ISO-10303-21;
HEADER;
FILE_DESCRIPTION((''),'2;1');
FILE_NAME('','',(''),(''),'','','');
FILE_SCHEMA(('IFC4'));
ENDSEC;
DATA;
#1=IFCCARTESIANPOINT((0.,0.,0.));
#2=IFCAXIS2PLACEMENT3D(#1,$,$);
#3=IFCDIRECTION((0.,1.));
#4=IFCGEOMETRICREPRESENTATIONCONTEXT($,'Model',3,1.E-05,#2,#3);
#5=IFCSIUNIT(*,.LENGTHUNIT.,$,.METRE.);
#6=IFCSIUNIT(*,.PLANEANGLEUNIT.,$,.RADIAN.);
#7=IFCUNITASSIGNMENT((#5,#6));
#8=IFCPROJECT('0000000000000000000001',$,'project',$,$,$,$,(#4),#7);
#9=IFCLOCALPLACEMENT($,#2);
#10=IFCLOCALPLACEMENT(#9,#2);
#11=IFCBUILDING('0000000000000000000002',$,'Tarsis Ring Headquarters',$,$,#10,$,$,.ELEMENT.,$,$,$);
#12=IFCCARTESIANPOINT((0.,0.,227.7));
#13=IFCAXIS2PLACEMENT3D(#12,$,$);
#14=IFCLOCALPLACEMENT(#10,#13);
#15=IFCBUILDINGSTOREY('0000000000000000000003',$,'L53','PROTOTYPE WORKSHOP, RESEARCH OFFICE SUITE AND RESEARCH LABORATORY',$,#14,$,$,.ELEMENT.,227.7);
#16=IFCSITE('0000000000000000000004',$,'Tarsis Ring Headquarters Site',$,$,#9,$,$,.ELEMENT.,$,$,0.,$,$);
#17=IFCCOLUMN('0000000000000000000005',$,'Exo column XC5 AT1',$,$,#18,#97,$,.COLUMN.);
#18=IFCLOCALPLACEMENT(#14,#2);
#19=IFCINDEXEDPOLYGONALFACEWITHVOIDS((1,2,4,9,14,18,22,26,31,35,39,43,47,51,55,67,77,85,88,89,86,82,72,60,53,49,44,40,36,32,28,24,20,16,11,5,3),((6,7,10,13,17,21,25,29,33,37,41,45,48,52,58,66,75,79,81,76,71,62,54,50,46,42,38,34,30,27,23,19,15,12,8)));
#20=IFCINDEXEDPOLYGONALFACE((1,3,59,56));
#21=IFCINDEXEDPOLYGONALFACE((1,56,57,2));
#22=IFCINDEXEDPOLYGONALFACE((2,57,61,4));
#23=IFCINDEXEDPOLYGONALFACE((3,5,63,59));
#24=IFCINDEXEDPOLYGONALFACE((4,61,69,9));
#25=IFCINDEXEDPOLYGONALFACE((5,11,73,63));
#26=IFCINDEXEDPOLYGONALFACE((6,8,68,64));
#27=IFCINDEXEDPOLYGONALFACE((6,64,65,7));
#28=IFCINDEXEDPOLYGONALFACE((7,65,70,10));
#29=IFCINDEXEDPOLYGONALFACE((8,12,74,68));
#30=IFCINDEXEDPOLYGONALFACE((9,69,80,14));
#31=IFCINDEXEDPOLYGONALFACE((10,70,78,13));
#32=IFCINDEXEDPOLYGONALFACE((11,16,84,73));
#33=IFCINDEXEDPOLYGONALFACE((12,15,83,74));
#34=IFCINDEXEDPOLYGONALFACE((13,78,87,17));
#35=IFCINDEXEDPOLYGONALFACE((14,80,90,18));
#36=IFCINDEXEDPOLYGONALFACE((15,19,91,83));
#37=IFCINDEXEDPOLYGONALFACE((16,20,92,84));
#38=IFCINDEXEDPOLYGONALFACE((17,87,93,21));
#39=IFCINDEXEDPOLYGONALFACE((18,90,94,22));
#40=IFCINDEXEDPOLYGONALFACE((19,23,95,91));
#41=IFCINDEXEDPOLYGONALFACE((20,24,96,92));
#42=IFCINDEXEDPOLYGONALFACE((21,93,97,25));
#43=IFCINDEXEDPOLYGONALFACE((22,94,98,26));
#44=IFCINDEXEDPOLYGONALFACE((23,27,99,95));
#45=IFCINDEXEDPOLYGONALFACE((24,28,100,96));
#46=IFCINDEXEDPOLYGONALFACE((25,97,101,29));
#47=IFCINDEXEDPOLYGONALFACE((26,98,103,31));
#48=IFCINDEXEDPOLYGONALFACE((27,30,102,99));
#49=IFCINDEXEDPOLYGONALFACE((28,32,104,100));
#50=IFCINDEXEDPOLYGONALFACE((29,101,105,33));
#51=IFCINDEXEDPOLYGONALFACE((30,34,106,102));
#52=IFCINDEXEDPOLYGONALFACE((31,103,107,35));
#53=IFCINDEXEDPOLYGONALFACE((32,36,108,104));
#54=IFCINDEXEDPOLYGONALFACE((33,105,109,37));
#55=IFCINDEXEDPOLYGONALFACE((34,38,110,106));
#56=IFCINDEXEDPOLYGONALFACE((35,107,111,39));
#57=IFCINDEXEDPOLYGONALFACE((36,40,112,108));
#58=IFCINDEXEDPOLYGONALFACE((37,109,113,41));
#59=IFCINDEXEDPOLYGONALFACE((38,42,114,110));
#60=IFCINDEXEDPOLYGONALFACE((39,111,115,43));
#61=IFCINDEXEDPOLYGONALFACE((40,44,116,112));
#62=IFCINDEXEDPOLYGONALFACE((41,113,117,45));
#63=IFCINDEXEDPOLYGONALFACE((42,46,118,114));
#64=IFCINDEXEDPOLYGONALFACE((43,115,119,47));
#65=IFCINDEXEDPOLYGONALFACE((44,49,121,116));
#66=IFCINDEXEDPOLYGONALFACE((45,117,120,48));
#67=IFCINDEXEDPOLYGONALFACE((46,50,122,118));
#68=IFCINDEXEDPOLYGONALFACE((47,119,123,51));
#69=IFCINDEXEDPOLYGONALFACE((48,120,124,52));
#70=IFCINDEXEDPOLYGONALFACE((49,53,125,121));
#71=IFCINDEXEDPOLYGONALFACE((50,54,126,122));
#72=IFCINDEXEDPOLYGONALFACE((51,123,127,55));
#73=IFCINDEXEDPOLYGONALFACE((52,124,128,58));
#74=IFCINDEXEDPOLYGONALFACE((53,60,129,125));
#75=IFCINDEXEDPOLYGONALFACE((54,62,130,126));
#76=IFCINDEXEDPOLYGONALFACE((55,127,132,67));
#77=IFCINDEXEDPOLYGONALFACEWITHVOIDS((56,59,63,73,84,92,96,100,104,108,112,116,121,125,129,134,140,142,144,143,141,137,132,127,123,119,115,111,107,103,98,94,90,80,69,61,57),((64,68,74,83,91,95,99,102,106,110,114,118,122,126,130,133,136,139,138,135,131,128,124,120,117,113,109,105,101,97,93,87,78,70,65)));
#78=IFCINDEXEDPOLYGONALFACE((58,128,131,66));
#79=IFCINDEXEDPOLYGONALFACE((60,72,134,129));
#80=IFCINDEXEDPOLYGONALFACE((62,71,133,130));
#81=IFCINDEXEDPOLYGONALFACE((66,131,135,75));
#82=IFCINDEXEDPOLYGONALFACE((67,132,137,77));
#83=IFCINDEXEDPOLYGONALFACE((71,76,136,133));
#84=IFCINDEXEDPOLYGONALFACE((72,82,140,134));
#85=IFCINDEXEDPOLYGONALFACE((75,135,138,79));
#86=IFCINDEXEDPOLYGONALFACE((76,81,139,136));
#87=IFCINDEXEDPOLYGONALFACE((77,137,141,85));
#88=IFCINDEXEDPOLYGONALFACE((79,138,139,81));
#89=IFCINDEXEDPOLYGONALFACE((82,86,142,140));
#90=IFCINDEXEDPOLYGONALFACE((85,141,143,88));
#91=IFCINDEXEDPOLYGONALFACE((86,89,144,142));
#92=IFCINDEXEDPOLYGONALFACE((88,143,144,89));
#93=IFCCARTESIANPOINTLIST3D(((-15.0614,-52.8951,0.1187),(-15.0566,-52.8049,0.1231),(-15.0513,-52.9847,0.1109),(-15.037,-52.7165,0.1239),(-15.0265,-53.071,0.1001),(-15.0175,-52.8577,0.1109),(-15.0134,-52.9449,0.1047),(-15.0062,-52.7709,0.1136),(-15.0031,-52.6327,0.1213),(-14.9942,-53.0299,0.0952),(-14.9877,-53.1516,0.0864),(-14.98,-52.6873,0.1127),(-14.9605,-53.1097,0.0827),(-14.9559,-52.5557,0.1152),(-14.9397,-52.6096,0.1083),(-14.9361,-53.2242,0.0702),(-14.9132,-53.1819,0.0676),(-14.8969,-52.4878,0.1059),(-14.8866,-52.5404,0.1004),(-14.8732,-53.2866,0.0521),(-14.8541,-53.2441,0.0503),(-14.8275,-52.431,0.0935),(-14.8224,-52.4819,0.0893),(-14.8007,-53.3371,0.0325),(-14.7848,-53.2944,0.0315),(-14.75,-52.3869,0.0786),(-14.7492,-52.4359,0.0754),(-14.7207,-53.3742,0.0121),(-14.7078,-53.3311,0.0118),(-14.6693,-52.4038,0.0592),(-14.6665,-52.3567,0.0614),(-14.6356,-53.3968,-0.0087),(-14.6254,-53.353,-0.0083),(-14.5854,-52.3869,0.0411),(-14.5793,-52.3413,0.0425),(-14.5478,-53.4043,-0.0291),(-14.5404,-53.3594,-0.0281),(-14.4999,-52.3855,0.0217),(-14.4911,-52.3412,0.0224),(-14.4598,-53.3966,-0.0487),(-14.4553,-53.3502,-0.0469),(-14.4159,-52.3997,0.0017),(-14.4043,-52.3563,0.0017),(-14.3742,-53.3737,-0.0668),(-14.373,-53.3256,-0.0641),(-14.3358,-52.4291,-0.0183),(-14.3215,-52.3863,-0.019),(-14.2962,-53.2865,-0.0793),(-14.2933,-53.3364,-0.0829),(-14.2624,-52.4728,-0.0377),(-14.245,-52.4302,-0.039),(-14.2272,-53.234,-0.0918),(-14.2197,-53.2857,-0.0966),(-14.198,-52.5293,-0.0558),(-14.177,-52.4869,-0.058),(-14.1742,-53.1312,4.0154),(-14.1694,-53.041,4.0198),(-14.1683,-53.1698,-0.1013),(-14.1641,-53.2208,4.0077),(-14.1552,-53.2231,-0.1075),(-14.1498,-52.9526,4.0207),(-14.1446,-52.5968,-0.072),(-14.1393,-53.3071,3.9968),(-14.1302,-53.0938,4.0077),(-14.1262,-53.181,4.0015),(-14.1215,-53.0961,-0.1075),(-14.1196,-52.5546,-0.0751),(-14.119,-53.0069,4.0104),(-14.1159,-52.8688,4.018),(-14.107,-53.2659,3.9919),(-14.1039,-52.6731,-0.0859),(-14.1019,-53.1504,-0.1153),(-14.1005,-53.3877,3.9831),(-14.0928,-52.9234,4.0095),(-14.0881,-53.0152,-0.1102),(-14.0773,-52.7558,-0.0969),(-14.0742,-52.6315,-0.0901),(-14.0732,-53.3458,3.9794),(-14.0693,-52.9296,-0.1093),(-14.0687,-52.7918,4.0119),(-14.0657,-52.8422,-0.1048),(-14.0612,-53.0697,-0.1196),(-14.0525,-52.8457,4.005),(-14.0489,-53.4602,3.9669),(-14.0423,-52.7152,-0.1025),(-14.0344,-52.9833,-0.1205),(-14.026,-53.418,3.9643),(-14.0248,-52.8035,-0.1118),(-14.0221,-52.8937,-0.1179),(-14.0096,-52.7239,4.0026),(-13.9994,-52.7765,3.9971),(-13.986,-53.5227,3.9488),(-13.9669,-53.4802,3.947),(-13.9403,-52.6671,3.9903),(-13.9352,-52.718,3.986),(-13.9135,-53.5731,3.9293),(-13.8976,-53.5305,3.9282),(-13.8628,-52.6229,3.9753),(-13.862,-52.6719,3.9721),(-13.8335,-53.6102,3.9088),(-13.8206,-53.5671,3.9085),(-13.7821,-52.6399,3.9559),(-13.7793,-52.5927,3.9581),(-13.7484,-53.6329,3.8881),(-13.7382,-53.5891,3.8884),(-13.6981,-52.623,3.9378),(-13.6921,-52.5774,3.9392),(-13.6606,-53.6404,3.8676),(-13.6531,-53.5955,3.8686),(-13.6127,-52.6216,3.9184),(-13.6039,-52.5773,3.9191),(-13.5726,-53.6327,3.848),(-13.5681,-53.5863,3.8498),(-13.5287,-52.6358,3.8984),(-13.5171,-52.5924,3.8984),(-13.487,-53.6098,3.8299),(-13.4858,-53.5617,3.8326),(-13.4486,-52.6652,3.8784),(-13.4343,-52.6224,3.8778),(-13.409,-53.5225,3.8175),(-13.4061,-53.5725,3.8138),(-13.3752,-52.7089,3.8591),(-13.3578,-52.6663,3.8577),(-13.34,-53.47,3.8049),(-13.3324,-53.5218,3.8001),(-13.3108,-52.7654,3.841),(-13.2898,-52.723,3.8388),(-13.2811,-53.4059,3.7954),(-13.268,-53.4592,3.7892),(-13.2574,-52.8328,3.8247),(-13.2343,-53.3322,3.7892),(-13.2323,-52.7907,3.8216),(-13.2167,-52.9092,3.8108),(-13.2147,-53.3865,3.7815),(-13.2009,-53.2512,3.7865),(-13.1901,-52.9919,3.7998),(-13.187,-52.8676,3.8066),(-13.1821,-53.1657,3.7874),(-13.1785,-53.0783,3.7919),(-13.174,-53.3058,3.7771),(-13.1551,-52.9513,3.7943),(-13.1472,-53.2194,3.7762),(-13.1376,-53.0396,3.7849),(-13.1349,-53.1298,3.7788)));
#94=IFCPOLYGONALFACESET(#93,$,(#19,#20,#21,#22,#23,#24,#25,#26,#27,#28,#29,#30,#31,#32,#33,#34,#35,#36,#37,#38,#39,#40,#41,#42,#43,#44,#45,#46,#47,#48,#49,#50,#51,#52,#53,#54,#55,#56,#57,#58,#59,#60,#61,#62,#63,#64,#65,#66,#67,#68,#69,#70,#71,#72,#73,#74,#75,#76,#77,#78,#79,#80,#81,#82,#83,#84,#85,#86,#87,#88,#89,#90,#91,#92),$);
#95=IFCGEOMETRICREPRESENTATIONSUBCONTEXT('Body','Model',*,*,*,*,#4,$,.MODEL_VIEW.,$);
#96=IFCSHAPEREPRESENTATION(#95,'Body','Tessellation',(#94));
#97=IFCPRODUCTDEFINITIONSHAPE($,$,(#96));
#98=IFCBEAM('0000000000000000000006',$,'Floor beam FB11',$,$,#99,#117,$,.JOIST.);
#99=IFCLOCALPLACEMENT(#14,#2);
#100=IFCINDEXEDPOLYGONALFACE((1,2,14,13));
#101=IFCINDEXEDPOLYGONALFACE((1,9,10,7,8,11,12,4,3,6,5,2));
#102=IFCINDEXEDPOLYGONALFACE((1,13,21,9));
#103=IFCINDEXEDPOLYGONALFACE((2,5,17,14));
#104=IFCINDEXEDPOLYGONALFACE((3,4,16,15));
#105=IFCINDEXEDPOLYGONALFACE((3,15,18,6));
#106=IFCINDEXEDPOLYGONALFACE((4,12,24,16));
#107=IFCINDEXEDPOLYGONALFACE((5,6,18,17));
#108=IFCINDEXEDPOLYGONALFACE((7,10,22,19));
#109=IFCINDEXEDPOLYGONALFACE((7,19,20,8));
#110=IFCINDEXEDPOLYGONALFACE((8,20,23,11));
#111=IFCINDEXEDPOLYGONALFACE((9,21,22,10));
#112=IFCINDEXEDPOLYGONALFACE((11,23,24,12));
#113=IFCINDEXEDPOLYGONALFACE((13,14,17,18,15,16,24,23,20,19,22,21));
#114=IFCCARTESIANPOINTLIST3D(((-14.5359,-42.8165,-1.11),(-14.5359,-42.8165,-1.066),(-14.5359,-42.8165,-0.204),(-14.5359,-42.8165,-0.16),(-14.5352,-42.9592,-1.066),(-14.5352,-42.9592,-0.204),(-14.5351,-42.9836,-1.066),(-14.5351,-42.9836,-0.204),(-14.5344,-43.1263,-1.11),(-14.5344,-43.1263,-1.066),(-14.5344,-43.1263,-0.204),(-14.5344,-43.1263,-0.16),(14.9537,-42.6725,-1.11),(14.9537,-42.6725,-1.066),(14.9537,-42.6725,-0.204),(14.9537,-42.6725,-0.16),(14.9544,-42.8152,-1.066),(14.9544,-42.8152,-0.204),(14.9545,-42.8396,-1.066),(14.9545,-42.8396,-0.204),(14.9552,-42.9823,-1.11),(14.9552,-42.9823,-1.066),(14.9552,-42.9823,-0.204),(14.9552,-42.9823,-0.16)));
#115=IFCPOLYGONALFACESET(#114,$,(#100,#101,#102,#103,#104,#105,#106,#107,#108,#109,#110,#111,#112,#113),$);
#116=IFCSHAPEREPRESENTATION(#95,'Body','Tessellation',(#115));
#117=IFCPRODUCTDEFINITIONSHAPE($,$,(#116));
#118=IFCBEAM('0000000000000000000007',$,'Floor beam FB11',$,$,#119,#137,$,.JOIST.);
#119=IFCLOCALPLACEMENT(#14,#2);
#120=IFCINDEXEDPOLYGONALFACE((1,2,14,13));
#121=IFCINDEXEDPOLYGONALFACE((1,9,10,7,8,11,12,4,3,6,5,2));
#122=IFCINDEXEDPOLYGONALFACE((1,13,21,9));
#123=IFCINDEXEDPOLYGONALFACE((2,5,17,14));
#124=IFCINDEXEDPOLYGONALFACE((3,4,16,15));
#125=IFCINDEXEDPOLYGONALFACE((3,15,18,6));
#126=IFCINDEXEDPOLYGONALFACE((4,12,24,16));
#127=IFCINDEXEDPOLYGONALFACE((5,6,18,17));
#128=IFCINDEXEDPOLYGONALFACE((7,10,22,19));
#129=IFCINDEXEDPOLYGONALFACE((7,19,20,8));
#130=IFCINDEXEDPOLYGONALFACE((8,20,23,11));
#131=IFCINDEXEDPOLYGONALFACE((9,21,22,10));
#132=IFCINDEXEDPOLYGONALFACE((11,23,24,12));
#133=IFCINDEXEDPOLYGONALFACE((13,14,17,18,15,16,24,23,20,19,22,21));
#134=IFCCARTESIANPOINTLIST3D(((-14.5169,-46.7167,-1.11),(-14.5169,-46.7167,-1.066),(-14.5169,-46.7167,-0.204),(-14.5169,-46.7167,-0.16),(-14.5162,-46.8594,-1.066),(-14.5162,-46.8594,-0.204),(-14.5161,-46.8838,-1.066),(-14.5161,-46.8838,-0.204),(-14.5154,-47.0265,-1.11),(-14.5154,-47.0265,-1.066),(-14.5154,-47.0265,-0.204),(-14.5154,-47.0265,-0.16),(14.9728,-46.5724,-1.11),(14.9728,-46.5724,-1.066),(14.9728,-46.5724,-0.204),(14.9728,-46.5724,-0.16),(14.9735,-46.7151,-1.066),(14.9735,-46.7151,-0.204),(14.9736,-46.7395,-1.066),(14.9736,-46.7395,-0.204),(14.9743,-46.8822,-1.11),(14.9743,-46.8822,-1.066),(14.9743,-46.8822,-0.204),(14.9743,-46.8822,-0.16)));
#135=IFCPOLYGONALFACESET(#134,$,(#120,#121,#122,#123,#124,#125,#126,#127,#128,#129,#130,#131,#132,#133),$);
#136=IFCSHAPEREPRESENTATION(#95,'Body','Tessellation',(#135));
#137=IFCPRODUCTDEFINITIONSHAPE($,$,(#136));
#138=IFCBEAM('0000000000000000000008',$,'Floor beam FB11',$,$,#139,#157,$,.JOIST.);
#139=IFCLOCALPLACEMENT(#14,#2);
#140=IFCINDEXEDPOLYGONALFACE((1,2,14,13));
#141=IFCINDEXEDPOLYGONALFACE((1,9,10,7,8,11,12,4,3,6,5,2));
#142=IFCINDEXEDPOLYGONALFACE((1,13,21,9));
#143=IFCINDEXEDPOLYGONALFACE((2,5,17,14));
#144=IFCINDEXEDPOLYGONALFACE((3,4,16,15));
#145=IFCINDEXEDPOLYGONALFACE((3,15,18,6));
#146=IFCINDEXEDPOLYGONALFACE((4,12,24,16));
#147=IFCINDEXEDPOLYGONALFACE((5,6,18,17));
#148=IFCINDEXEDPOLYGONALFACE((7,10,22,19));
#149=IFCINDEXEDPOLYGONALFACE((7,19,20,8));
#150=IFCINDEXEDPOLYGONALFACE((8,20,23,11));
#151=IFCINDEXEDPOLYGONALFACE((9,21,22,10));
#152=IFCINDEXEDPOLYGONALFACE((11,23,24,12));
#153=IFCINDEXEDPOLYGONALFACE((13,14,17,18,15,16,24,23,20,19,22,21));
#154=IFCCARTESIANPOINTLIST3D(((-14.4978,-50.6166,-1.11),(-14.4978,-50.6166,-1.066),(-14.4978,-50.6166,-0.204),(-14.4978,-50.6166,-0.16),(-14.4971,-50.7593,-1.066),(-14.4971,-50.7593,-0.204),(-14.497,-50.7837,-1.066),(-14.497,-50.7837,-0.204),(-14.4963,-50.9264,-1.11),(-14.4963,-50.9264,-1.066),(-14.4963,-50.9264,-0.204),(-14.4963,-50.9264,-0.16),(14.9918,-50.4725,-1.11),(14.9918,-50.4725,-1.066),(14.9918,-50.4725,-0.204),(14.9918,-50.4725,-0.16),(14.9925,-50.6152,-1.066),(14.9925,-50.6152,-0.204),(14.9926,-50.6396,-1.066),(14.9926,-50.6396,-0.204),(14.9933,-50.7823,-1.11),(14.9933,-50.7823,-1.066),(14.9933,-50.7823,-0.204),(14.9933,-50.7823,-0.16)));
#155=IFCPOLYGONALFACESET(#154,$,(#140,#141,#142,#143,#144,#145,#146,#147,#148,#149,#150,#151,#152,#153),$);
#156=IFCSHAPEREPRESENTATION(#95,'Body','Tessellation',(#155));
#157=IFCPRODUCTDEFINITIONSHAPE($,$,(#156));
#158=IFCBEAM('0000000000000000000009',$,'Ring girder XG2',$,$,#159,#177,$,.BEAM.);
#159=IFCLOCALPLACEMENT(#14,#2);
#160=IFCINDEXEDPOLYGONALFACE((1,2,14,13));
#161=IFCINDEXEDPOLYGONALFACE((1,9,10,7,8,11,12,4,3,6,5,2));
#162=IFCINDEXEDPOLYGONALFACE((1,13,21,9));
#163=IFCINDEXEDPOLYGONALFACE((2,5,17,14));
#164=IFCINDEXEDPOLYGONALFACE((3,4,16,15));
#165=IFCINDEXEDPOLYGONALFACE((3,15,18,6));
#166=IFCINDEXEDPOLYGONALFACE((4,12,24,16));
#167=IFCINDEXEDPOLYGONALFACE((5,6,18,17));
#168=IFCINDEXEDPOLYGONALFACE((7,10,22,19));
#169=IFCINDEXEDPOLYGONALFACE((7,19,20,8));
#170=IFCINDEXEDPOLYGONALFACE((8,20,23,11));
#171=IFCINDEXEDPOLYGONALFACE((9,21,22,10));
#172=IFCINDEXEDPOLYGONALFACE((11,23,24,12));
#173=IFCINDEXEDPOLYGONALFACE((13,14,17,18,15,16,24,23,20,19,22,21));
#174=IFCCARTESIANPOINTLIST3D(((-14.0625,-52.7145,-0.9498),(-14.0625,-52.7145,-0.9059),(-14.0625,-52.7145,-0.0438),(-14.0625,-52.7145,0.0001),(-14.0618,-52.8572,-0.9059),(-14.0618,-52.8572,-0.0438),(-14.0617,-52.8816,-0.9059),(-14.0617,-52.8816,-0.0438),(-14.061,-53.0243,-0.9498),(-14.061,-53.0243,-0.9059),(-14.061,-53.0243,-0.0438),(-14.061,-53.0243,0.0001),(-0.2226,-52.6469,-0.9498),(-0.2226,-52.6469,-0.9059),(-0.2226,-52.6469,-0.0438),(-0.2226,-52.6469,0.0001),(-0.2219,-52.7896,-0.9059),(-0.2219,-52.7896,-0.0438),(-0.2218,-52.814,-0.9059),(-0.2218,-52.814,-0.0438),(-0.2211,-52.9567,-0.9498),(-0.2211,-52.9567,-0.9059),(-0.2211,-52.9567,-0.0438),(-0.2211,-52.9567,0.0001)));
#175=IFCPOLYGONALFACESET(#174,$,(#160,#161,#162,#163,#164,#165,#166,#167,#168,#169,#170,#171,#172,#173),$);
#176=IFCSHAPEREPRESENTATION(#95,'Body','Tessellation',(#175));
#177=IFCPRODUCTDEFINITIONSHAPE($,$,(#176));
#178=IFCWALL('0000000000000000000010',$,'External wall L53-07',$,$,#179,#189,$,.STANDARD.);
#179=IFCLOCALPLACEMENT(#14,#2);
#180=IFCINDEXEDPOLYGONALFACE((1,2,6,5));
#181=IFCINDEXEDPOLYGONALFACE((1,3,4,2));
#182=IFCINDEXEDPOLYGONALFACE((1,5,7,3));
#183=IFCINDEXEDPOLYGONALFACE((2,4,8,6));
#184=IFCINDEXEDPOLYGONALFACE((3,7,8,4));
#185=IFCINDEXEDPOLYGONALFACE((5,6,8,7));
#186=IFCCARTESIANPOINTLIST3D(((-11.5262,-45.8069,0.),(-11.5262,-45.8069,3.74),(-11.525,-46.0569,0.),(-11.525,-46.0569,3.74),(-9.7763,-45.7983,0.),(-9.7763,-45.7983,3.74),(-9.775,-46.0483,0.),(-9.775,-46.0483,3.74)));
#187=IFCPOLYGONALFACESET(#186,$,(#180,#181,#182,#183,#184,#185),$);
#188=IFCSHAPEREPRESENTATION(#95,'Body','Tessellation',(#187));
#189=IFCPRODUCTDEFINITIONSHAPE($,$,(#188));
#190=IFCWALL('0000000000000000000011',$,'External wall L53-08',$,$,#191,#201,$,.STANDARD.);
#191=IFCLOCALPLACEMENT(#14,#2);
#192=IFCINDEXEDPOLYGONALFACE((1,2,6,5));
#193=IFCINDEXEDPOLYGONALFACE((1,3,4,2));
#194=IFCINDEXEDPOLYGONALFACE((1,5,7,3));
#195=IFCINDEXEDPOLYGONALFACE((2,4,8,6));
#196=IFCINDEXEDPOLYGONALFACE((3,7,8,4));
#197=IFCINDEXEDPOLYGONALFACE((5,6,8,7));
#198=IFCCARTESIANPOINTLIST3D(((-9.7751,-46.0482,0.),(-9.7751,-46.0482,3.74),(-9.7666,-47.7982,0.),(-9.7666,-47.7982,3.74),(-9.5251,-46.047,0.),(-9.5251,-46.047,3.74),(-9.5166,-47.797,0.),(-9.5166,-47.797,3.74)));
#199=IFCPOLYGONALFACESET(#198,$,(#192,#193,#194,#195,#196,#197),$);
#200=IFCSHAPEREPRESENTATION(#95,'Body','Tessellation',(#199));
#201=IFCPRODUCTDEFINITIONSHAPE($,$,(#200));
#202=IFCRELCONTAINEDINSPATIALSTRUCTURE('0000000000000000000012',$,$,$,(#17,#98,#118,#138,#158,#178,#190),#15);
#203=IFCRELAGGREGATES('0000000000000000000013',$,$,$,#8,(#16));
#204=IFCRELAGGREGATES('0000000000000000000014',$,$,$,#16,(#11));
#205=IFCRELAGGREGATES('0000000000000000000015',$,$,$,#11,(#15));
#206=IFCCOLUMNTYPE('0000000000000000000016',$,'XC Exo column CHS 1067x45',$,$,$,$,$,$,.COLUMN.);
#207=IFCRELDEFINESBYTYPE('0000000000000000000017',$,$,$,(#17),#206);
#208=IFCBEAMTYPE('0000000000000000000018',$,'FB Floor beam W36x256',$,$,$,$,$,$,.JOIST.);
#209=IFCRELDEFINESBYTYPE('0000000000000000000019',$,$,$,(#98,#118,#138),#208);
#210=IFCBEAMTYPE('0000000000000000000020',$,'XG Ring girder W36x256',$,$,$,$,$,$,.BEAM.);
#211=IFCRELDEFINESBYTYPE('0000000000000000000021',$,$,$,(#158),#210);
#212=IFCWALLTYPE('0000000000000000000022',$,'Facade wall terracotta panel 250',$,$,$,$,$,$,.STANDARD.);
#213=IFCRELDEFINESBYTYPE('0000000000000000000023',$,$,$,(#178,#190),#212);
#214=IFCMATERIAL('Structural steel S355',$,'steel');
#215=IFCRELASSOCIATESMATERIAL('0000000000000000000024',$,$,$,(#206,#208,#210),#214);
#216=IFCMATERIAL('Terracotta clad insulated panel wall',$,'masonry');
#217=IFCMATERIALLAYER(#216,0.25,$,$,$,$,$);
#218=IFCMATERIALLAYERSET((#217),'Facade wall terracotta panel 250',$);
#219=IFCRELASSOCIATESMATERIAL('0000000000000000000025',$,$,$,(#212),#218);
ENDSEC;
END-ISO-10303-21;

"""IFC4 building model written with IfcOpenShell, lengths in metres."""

from ifc_helpers import new_model, si_unit, direction, frame, frame_2d, origin, origin_2d, place, context, subcontext, project, spatial, rectangle, hollow_circle, i_section, extrude, material, layer, layer_set, material_profile, profile_set, type_object, element, save


model = new_model("IFC4")

# Units and contexts
model_context = context("Model", 3, precision=1e-05, world=origin(), true_north=direction((0.0, 1.0)))
body_context = subcontext(model_context, "Body", "Model", "MODEL_VIEW")
ifc_project = project(units=[si_unit("LENGTHUNIT", "METRE"), si_unit("PLANEANGLEUNIT", "RADIAN")], contexts=[model_context])

# Site, building, storey
site_placement = place(None, origin())
site = spatial("IfcSite", under=ifc_project, at=site_placement, Name="Tarsis Ring Headquarters Site", CompositionType="ELEMENT", RefElevation=0.0)
building_placement = place(site_placement, origin())
building = spatial("IfcBuilding", under=site, at=building_placement, Name="Tarsis Ring Headquarters", CompositionType="ELEMENT")
storey_placement = place(building_placement, frame((0.0, 0.0, 227.7)))
storey = spatial("IfcBuildingStorey", under=building, at=storey_placement, Name="L53", Description="PROTOTYPE WORKSHOP, RESEARCH OFFICE SUITE AND RESEARCH LABORATORY", CompositionType="ELEMENT", Elevation=227.7)

# Column
ifc_material_1 = material(Name="Structural steel S355", Category="steel")
ifc_material_profile_1 = material_profile(ifc_material_1, hollow_circle(Radius=0.5334, WallThickness=0.0449, at=origin_2d()), Name="CHS 1067x45")
ifc_profile_set_1 = profile_set([ifc_material_profile_1], Name="Structural steel S355")
column_type = type_object("IfcColumnType", Name="XC Exo column CHS 1067x45", PredefinedType="COLUMN", material=ifc_profile_set_1)
column_placement = place(storey_placement, frame((-14.5415, -52.8718, 0.0017), z_axis=(0.221612, -0.058971, 0.97335), x_axis=(0.25715, 0.966372, 0.0)))
element("IfcColumn", 1, at=column_placement, inside=storey, type_object=column_type, Name="Exo column XC5 AT1", PredefinedType="COLUMN", context=body_context, shape_type="SweptSolid", body=[
    extrude(hollow_circle(Radius=0.5334, WallThickness=0.0449, at=origin_2d()), origin(), (0.0, 0.0, 1.0), 4.0034),
])

# Beams
ifc_material_profile_2 = material_profile(ifc_material_1, i_section(OverallWidth=0.3098, OverallDepth=0.95, WebThickness=0.0244, FlangeThickness=0.0439, at=origin_2d()), Name="W36x256")
ifc_profile_set_2 = profile_set([ifc_material_profile_2], Name="Structural steel S355")
beam_type_1 = type_object("IfcBeamType", Name="FB Floor beam W36x256", PredefinedType="JOIST", material=ifc_profile_set_2)
for number, where, z_axis, x_axis, name in (
    (2, (-14.5352, -42.9714, -0.635), (0.999988, 0.004884, 0.0), (-0.004884, 0.999988, 0.0), "Floor beam FB11"),
    (3, (-14.5161, -46.8716, -0.635), (0.999988, 0.004893, 0.0), (-0.004893, 0.999988, 0.0), "Floor beam FB11"),
    (4, (-14.4971, -50.7715, -0.635), (0.999988, 0.004884, 0.0), (-0.004884, 0.999988, 0.0), "Floor beam FB11"),
):
    element("IfcBeam", number, at=place(storey_placement, frame(where, z_axis=z_axis, x_axis=x_axis)), inside=storey, type_object=beam_type_1, Name=name, PredefinedType="JOIST", context=body_context, shape_type="SweptSolid", body=[
        extrude(i_section(OverallWidth=0.3098, OverallDepth=0.95, WebThickness=0.0244, FlangeThickness=0.0439, at=origin_2d()), origin(), (0.0, 0.0, 1.0), 29.49),
    ])
beam_type_2 = type_object("IfcBeamType", Name="XG Ring girder W36x256", PredefinedType="BEAM", material=ifc_profile_set_2)
beam_placement = place(storey_placement, frame((-14.0618, -52.8694, -0.4749), z_axis=(0.999988, 0.004886, 0.0), x_axis=(-0.004886, 0.999988, 0.0)))
element("IfcBeam", 5, at=beam_placement, inside=storey, type_object=beam_type_2, Name="Ring girder XG2", PredefinedType="BEAM", context=body_context, shape_type="SweptSolid", body=[
    extrude(i_section(OverallWidth=0.3098, OverallDepth=0.95, WebThickness=0.0244, FlangeThickness=0.0439, at=origin_2d()), origin(), (0.0, 0.0, 1.0), 13.8401),
])

# Walls
ifc_material_2 = material(Name="Terracotta clad insulated panel wall", Category="masonry")
ifc_layer = layer(ifc_material_2, 0.25)
ifc_layer_set = layer_set([ifc_layer], Name="Facade wall terracotta panel 250")
wall_type = type_object("IfcWallType", Name="Facade wall terracotta panel 250", PredefinedType="STANDARD", material=ifc_layer_set)
for number, where, z_axis, x_axis, name in (
    (6, (-11.5256, -45.9319, 0.0), (0.0, 0.0, 1.0), (0.999988, 0.004883, 0.0), "External wall L53-07"),
    (7, (-9.6501, -46.0476, 0.0), (0.0, 0.0, 1.0), (0.004883, -0.999988, 0.0), "External wall L53-08"),
):
    element("IfcWall", number, at=place(storey_placement, frame(where, z_axis=z_axis, x_axis=x_axis)), inside=storey, type_object=wall_type, Name=name, PredefinedType="STANDARD", context=body_context, shape_type="SweptSolid", body=[
        extrude(rectangle(XDim=1.75, YDim=0.25, at=frame_2d((0.875, 0.0))), origin(), (0.0, 0.0, 1.0), 3.74),
    ])

save(model, "model.ifc")
